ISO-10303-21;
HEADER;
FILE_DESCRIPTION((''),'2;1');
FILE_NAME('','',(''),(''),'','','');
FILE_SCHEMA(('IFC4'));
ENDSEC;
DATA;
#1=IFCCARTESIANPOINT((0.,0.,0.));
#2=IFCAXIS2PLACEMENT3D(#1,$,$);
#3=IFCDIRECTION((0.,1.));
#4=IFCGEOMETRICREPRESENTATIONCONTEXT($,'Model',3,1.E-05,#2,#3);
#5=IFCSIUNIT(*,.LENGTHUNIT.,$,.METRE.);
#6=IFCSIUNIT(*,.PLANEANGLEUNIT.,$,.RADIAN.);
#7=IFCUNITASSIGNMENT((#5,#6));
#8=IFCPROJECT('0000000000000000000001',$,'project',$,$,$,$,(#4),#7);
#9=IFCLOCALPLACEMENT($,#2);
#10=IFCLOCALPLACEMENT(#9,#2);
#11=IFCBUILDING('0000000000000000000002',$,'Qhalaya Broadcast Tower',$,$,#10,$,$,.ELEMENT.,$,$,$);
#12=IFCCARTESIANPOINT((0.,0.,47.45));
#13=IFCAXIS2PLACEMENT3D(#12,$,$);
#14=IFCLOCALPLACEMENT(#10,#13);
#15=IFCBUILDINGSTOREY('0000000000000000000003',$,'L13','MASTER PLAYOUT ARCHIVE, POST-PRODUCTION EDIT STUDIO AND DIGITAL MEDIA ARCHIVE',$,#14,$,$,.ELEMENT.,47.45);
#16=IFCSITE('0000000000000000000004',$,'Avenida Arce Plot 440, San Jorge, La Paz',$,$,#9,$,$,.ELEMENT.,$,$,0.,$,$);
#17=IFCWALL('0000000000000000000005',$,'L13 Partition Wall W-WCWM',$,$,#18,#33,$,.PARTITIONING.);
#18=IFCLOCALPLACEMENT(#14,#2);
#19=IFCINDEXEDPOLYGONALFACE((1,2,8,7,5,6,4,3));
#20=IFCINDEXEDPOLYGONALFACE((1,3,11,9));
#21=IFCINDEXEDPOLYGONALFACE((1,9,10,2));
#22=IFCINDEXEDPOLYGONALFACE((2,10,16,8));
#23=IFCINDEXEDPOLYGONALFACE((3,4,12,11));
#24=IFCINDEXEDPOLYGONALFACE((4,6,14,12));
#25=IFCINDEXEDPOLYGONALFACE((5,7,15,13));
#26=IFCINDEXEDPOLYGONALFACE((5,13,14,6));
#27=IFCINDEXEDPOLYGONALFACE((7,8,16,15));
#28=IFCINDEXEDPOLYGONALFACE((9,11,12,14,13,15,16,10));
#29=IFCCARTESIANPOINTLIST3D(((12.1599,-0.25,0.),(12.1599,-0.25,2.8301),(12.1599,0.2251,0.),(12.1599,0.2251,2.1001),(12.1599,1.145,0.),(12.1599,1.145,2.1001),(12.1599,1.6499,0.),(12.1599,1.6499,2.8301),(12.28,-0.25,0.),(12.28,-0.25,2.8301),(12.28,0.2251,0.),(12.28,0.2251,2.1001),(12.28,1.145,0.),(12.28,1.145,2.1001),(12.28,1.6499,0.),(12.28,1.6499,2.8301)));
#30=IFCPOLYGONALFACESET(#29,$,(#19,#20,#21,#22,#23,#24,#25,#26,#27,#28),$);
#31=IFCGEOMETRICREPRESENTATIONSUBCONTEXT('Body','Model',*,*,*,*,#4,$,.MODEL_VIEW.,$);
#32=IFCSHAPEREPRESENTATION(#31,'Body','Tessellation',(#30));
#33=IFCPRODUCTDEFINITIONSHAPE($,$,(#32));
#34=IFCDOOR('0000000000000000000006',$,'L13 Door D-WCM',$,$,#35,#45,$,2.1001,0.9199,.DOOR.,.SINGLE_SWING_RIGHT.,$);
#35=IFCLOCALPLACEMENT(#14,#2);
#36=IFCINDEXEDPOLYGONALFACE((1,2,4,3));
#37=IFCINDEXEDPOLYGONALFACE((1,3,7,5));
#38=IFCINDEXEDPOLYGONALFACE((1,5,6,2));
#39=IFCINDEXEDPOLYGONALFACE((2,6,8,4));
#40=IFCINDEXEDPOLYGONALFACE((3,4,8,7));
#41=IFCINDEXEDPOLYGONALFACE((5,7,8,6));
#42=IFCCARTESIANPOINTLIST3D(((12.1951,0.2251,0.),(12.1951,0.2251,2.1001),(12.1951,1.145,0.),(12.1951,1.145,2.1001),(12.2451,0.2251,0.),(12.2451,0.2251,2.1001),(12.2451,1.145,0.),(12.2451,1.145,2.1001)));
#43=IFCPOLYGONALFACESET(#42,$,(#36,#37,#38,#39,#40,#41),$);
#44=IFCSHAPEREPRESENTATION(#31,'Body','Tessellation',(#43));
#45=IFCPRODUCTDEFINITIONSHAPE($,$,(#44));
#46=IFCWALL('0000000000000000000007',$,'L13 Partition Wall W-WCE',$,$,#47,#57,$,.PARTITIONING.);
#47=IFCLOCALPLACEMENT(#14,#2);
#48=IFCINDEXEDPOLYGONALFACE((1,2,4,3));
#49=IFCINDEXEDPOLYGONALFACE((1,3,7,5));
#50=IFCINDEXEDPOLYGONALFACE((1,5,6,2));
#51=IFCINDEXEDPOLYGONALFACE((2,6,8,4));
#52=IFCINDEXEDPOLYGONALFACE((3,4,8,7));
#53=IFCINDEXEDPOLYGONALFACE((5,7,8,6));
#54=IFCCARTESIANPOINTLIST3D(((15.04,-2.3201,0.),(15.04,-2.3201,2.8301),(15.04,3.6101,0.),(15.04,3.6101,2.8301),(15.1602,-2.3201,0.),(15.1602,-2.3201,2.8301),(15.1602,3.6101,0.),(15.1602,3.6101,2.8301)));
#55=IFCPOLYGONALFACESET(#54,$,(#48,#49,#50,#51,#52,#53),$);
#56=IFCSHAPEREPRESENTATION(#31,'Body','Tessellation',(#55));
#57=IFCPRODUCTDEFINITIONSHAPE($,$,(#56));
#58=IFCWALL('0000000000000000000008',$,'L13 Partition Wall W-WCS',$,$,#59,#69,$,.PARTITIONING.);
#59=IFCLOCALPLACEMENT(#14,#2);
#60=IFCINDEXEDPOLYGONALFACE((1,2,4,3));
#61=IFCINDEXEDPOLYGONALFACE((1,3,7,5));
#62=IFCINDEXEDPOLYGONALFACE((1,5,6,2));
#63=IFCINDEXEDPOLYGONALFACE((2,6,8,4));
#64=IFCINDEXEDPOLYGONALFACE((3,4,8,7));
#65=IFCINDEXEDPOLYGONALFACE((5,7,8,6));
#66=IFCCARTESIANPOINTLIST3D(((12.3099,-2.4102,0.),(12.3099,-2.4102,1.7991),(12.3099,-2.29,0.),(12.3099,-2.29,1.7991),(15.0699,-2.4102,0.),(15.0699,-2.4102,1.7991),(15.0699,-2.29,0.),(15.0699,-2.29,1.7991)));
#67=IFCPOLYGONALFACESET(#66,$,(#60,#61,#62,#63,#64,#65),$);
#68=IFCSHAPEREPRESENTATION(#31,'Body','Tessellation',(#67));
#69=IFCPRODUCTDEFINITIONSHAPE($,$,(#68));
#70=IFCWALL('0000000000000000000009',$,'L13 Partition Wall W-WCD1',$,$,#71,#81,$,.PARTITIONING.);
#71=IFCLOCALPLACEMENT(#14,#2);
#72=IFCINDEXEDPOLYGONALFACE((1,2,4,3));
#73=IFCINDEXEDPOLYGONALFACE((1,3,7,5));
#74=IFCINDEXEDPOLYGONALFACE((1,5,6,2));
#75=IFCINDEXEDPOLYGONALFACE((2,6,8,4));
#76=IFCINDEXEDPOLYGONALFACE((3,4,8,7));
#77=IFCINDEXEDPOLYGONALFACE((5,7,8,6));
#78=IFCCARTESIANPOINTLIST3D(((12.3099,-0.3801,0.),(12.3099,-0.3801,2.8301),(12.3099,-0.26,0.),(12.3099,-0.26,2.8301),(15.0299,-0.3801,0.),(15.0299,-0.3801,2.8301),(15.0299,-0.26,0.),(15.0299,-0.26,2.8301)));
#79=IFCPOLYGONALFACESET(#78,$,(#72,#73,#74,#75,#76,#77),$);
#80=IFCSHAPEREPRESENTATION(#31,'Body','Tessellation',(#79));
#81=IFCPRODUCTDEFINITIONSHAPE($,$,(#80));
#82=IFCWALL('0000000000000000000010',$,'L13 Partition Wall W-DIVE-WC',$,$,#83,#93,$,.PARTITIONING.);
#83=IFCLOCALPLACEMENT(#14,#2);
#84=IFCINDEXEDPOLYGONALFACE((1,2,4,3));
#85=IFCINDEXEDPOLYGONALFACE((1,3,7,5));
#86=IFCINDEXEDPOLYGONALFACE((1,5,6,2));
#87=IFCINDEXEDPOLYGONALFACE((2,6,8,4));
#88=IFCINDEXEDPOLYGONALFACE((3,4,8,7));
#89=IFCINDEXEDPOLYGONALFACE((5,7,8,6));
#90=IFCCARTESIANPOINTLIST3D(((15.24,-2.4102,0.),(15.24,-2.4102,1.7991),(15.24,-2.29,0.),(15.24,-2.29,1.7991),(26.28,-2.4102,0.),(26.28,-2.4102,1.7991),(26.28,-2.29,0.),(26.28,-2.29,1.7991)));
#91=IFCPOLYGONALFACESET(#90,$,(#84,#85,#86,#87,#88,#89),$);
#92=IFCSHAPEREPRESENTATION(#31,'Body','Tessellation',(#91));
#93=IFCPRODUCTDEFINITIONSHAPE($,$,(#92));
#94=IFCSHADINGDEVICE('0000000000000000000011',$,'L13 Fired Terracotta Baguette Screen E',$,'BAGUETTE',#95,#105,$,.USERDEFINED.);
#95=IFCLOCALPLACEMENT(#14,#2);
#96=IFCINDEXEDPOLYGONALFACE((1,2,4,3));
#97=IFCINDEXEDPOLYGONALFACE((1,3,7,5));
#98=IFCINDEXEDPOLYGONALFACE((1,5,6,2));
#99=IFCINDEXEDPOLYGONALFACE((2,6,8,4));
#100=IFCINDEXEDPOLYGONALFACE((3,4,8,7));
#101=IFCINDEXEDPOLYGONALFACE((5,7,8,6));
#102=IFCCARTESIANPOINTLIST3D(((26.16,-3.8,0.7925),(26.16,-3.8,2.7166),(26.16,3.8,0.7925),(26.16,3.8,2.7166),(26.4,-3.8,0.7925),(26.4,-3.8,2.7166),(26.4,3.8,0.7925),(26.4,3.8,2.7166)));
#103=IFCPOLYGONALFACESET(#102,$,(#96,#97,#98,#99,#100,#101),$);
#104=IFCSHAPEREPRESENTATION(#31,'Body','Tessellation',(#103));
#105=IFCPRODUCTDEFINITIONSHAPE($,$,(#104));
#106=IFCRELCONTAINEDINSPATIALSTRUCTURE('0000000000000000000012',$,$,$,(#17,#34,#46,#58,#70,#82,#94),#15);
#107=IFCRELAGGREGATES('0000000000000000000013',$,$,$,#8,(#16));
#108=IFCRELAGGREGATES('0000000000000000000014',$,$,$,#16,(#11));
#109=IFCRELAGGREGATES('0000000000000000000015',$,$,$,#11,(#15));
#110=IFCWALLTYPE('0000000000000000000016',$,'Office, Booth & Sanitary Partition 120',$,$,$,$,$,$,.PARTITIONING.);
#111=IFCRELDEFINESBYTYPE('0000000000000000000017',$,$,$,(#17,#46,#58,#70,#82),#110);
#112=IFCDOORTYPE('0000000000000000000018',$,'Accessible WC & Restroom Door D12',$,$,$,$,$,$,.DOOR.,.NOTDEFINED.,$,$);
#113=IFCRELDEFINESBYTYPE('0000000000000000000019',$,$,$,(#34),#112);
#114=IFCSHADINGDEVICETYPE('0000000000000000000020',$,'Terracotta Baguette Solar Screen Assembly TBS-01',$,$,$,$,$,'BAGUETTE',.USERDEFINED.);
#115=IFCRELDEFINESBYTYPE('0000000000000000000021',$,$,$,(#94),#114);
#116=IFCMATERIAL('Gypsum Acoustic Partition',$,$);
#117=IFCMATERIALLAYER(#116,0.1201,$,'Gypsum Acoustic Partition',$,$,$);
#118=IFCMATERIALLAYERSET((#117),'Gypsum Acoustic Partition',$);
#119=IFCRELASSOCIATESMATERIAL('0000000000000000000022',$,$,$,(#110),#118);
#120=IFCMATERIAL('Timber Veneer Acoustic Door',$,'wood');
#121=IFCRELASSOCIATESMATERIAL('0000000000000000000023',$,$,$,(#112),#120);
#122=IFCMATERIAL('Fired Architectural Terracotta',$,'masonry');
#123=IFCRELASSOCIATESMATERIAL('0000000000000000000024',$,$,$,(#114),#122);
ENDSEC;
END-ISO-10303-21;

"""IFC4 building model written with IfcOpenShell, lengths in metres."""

from ifc_helpers import new_model, si_unit, direction, frame, frame_2d, origin, origin_2d, place, context, subcontext, project, spatial, rectangle, extrude, material, layer, layer_set, type_object, element, fill, save


model = new_model("IFC4")

# Units and contexts
model_context = context("Model", 3, precision=1e-05, world=origin(), true_north=direction((0.0, 1.0)))
body_context = subcontext(model_context, "Body", "Model", "MODEL_VIEW")
ifc_project = project(units=[si_unit("LENGTHUNIT", "METRE"), si_unit("PLANEANGLEUNIT", "RADIAN")], contexts=[model_context])

# Site, building, storey
site_placement = place(None, origin())
site = spatial("IfcSite", under=ifc_project, at=site_placement, Name="Avenida Arce Plot 440, San Jorge, La Paz", CompositionType="ELEMENT", RefElevation=0.0)
building_placement = place(site_placement, origin())
building = spatial("IfcBuilding", under=site, at=building_placement, Name="Qhalaya Broadcast Tower", CompositionType="ELEMENT")
storey_placement = place(building_placement, frame((0.0, 0.0, 47.45)))
storey = spatial("IfcBuildingStorey", under=building, at=storey_placement, Name="L13", Description="MASTER PLAYOUT ARCHIVE, POST-PRODUCTION EDIT STUDIO AND DIGITAL MEDIA ARCHIVE", CompositionType="ELEMENT", Elevation=47.45)

# Wall, opening, door
ifc_material_1 = material(Name="Gypsum Acoustic Partition")
ifc_layer = layer(ifc_material_1, 0.1201, Name="Gypsum Acoustic Partition")
ifc_layer_set = layer_set([ifc_layer], Name="Gypsum Acoustic Partition")
wall_type = type_object("IfcWallType", Name="Office, Booth & Sanitary Partition 120", PredefinedType="PARTITIONING", material=ifc_layer_set)
ifc_material_2 = material(Name="Timber Veneer Acoustic Door", Category="wood")
door_type = type_object("IfcDoorType", Name="Accessible WC & Restroom Door D12", OperationType="NOTDEFINED", PredefinedType="DOOR", material=ifc_material_2)
wall_1_placement = place(storey_placement, frame((12.22, -0.25, 0.0), z_axis=(0.0, 0.0, 1.0), x_axis=(0.0, 1.0, 0.0)))
wall_1 = element("IfcWall", 1, at=wall_1_placement, inside=storey, type_object=wall_type, Name="L13 Partition Wall W-WCWM", PredefinedType="PARTITIONING", context=body_context, shape_type="SweptSolid", body=[
    extrude(rectangle(XDim=1.8999, YDim=0.1201, at=frame_2d((0.95, 0.0))), origin(), (0.0, 0.0, 1.0), 2.8301),
])
opening_1_placement = place(wall_1_placement, frame((0.4751, 0.0, 0.0)))
opening_1 = element("IfcOpeningElement", 2, at=opening_1_placement, cuts=wall_1, PredefinedType="OPENING", context=body_context, shape_type="SweptSolid", body=[
    extrude(rectangle(XDim=0.9199, YDim=2.1001, at=frame_2d((0.46, 1.05))), frame((0.0, 0.072, 0.0), z_axis=(0.0, -1.0, 0.0), x_axis=(1.0, 0.0, 0.0)), (0.0, 0.0, 1.0), 0.144),
])
door_1_placement = place(opening_1_placement, origin())
door_1 = element("IfcDoor", 3, at=door_1_placement, inside=storey, type_object=door_type, Name="L13 Door D-WCM", OperationType="SINGLE_SWING_RIGHT", OverallHeight=2.1001, OverallWidth=0.9199, PredefinedType="DOOR", context=body_context, shape_type="SweptSolid", body=[
    extrude(rectangle(XDim=0.9199, YDim=2.1001, at=frame_2d((0.46, 1.05))), frame((0.0, 0.0249, 0.0), z_axis=(0.0, -1.0, 0.0), x_axis=(1.0, 0.0, 0.0)), (0.0, 0.0, 1.0), 0.05),
])
fill(opening_1, door_1)

# Walls
wall_2_placement = place(storey_placement, frame((15.1001, -2.3201, 0.0), z_axis=(0.0, 0.0, 1.0), x_axis=(0.0, 1.0, 0.0)))
element("IfcWall", 4, at=wall_2_placement, inside=storey, type_object=wall_type, Name="L13 Partition Wall W-WCE", PredefinedType="PARTITIONING", context=body_context, shape_type="SweptSolid", body=[
    extrude(rectangle(XDim=5.9302, YDim=0.1201, at=frame_2d((2.9651, 0.0))), origin(), (0.0, 0.0, 1.0), 2.8301),
])
wall_3_placement = place(storey_placement, frame((12.3101, -2.3501, 0.0), z_axis=(0.0, 0.0, 1.0), x_axis=(1.0, 0.0, 0.0)))
element("IfcWall", 5, at=wall_3_placement, inside=storey, type_object=wall_type, Name="L13 Partition Wall W-WCS", PredefinedType="PARTITIONING", context=body_context, shape_type="SweptSolid", body=[
    extrude(rectangle(XDim=2.76, YDim=0.1201, at=frame_2d((1.3799, 0.0))), origin(), (0.0, 0.0, 1.0), 1.7991),
])
wall_4_placement = place(storey_placement, frame((12.3101, -0.3201, 0.0), z_axis=(0.0, 0.0, 1.0), x_axis=(1.0, 0.0, 0.0)))
element("IfcWall", 6, at=wall_4_placement, inside=storey, type_object=wall_type, Name="L13 Partition Wall W-WCD1", PredefinedType="PARTITIONING", context=body_context, shape_type="SweptSolid", body=[
    extrude(rectangle(XDim=2.72, YDim=0.1201, at=frame_2d((1.3599, 0.0))), origin(), (0.0, 0.0, 1.0), 2.8301),
])
wall_5_placement = place(storey_placement, frame((15.24, -2.3501, 0.0), z_axis=(0.0, 0.0, 1.0), x_axis=(1.0, 0.0, 0.0)))
element("IfcWall", 7, at=wall_5_placement, inside=storey, type_object=wall_type, Name="L13 Partition Wall W-DIVE-WC", PredefinedType="PARTITIONING", context=body_context, shape_type="SweptSolid", body=[
    extrude(rectangle(XDim=11.04, YDim=0.1201, at=frame_2d((5.52, 0.0))), origin(), (0.0, 0.0, 1.0), 1.7991),
])

# Shading device
ifc_material_3 = material(Name="Fired Architectural Terracotta", Category="masonry")
shading_device_type = type_object("IfcShadingDeviceType", Name="Terracotta Baguette Solar Screen Assembly TBS-01", ElementType="BAGUETTE", PredefinedType="USERDEFINED", material=ifc_material_3)
shading_device_placement = place(storey_placement, frame((26.28, 0.0, 0.7925), z_axis=(0.0, 0.0, 1.0), x_axis=(0.0, 1.0, 0.0)))
element("IfcShadingDevice", 8, at=shading_device_placement, inside=storey, type_object=shading_device_type, Name="L13 Fired Terracotta Baguette Screen E", ObjectType="BAGUETTE", PredefinedType="USERDEFINED", context=body_context, shape_type="SweptSolid", body=[
    extrude(rectangle(XDim=7.6001, YDim=0.24, at=origin_2d()), origin(), (0.0, 0.0, 1.0), 1.9241),
])

save(model, "model.ifc")
